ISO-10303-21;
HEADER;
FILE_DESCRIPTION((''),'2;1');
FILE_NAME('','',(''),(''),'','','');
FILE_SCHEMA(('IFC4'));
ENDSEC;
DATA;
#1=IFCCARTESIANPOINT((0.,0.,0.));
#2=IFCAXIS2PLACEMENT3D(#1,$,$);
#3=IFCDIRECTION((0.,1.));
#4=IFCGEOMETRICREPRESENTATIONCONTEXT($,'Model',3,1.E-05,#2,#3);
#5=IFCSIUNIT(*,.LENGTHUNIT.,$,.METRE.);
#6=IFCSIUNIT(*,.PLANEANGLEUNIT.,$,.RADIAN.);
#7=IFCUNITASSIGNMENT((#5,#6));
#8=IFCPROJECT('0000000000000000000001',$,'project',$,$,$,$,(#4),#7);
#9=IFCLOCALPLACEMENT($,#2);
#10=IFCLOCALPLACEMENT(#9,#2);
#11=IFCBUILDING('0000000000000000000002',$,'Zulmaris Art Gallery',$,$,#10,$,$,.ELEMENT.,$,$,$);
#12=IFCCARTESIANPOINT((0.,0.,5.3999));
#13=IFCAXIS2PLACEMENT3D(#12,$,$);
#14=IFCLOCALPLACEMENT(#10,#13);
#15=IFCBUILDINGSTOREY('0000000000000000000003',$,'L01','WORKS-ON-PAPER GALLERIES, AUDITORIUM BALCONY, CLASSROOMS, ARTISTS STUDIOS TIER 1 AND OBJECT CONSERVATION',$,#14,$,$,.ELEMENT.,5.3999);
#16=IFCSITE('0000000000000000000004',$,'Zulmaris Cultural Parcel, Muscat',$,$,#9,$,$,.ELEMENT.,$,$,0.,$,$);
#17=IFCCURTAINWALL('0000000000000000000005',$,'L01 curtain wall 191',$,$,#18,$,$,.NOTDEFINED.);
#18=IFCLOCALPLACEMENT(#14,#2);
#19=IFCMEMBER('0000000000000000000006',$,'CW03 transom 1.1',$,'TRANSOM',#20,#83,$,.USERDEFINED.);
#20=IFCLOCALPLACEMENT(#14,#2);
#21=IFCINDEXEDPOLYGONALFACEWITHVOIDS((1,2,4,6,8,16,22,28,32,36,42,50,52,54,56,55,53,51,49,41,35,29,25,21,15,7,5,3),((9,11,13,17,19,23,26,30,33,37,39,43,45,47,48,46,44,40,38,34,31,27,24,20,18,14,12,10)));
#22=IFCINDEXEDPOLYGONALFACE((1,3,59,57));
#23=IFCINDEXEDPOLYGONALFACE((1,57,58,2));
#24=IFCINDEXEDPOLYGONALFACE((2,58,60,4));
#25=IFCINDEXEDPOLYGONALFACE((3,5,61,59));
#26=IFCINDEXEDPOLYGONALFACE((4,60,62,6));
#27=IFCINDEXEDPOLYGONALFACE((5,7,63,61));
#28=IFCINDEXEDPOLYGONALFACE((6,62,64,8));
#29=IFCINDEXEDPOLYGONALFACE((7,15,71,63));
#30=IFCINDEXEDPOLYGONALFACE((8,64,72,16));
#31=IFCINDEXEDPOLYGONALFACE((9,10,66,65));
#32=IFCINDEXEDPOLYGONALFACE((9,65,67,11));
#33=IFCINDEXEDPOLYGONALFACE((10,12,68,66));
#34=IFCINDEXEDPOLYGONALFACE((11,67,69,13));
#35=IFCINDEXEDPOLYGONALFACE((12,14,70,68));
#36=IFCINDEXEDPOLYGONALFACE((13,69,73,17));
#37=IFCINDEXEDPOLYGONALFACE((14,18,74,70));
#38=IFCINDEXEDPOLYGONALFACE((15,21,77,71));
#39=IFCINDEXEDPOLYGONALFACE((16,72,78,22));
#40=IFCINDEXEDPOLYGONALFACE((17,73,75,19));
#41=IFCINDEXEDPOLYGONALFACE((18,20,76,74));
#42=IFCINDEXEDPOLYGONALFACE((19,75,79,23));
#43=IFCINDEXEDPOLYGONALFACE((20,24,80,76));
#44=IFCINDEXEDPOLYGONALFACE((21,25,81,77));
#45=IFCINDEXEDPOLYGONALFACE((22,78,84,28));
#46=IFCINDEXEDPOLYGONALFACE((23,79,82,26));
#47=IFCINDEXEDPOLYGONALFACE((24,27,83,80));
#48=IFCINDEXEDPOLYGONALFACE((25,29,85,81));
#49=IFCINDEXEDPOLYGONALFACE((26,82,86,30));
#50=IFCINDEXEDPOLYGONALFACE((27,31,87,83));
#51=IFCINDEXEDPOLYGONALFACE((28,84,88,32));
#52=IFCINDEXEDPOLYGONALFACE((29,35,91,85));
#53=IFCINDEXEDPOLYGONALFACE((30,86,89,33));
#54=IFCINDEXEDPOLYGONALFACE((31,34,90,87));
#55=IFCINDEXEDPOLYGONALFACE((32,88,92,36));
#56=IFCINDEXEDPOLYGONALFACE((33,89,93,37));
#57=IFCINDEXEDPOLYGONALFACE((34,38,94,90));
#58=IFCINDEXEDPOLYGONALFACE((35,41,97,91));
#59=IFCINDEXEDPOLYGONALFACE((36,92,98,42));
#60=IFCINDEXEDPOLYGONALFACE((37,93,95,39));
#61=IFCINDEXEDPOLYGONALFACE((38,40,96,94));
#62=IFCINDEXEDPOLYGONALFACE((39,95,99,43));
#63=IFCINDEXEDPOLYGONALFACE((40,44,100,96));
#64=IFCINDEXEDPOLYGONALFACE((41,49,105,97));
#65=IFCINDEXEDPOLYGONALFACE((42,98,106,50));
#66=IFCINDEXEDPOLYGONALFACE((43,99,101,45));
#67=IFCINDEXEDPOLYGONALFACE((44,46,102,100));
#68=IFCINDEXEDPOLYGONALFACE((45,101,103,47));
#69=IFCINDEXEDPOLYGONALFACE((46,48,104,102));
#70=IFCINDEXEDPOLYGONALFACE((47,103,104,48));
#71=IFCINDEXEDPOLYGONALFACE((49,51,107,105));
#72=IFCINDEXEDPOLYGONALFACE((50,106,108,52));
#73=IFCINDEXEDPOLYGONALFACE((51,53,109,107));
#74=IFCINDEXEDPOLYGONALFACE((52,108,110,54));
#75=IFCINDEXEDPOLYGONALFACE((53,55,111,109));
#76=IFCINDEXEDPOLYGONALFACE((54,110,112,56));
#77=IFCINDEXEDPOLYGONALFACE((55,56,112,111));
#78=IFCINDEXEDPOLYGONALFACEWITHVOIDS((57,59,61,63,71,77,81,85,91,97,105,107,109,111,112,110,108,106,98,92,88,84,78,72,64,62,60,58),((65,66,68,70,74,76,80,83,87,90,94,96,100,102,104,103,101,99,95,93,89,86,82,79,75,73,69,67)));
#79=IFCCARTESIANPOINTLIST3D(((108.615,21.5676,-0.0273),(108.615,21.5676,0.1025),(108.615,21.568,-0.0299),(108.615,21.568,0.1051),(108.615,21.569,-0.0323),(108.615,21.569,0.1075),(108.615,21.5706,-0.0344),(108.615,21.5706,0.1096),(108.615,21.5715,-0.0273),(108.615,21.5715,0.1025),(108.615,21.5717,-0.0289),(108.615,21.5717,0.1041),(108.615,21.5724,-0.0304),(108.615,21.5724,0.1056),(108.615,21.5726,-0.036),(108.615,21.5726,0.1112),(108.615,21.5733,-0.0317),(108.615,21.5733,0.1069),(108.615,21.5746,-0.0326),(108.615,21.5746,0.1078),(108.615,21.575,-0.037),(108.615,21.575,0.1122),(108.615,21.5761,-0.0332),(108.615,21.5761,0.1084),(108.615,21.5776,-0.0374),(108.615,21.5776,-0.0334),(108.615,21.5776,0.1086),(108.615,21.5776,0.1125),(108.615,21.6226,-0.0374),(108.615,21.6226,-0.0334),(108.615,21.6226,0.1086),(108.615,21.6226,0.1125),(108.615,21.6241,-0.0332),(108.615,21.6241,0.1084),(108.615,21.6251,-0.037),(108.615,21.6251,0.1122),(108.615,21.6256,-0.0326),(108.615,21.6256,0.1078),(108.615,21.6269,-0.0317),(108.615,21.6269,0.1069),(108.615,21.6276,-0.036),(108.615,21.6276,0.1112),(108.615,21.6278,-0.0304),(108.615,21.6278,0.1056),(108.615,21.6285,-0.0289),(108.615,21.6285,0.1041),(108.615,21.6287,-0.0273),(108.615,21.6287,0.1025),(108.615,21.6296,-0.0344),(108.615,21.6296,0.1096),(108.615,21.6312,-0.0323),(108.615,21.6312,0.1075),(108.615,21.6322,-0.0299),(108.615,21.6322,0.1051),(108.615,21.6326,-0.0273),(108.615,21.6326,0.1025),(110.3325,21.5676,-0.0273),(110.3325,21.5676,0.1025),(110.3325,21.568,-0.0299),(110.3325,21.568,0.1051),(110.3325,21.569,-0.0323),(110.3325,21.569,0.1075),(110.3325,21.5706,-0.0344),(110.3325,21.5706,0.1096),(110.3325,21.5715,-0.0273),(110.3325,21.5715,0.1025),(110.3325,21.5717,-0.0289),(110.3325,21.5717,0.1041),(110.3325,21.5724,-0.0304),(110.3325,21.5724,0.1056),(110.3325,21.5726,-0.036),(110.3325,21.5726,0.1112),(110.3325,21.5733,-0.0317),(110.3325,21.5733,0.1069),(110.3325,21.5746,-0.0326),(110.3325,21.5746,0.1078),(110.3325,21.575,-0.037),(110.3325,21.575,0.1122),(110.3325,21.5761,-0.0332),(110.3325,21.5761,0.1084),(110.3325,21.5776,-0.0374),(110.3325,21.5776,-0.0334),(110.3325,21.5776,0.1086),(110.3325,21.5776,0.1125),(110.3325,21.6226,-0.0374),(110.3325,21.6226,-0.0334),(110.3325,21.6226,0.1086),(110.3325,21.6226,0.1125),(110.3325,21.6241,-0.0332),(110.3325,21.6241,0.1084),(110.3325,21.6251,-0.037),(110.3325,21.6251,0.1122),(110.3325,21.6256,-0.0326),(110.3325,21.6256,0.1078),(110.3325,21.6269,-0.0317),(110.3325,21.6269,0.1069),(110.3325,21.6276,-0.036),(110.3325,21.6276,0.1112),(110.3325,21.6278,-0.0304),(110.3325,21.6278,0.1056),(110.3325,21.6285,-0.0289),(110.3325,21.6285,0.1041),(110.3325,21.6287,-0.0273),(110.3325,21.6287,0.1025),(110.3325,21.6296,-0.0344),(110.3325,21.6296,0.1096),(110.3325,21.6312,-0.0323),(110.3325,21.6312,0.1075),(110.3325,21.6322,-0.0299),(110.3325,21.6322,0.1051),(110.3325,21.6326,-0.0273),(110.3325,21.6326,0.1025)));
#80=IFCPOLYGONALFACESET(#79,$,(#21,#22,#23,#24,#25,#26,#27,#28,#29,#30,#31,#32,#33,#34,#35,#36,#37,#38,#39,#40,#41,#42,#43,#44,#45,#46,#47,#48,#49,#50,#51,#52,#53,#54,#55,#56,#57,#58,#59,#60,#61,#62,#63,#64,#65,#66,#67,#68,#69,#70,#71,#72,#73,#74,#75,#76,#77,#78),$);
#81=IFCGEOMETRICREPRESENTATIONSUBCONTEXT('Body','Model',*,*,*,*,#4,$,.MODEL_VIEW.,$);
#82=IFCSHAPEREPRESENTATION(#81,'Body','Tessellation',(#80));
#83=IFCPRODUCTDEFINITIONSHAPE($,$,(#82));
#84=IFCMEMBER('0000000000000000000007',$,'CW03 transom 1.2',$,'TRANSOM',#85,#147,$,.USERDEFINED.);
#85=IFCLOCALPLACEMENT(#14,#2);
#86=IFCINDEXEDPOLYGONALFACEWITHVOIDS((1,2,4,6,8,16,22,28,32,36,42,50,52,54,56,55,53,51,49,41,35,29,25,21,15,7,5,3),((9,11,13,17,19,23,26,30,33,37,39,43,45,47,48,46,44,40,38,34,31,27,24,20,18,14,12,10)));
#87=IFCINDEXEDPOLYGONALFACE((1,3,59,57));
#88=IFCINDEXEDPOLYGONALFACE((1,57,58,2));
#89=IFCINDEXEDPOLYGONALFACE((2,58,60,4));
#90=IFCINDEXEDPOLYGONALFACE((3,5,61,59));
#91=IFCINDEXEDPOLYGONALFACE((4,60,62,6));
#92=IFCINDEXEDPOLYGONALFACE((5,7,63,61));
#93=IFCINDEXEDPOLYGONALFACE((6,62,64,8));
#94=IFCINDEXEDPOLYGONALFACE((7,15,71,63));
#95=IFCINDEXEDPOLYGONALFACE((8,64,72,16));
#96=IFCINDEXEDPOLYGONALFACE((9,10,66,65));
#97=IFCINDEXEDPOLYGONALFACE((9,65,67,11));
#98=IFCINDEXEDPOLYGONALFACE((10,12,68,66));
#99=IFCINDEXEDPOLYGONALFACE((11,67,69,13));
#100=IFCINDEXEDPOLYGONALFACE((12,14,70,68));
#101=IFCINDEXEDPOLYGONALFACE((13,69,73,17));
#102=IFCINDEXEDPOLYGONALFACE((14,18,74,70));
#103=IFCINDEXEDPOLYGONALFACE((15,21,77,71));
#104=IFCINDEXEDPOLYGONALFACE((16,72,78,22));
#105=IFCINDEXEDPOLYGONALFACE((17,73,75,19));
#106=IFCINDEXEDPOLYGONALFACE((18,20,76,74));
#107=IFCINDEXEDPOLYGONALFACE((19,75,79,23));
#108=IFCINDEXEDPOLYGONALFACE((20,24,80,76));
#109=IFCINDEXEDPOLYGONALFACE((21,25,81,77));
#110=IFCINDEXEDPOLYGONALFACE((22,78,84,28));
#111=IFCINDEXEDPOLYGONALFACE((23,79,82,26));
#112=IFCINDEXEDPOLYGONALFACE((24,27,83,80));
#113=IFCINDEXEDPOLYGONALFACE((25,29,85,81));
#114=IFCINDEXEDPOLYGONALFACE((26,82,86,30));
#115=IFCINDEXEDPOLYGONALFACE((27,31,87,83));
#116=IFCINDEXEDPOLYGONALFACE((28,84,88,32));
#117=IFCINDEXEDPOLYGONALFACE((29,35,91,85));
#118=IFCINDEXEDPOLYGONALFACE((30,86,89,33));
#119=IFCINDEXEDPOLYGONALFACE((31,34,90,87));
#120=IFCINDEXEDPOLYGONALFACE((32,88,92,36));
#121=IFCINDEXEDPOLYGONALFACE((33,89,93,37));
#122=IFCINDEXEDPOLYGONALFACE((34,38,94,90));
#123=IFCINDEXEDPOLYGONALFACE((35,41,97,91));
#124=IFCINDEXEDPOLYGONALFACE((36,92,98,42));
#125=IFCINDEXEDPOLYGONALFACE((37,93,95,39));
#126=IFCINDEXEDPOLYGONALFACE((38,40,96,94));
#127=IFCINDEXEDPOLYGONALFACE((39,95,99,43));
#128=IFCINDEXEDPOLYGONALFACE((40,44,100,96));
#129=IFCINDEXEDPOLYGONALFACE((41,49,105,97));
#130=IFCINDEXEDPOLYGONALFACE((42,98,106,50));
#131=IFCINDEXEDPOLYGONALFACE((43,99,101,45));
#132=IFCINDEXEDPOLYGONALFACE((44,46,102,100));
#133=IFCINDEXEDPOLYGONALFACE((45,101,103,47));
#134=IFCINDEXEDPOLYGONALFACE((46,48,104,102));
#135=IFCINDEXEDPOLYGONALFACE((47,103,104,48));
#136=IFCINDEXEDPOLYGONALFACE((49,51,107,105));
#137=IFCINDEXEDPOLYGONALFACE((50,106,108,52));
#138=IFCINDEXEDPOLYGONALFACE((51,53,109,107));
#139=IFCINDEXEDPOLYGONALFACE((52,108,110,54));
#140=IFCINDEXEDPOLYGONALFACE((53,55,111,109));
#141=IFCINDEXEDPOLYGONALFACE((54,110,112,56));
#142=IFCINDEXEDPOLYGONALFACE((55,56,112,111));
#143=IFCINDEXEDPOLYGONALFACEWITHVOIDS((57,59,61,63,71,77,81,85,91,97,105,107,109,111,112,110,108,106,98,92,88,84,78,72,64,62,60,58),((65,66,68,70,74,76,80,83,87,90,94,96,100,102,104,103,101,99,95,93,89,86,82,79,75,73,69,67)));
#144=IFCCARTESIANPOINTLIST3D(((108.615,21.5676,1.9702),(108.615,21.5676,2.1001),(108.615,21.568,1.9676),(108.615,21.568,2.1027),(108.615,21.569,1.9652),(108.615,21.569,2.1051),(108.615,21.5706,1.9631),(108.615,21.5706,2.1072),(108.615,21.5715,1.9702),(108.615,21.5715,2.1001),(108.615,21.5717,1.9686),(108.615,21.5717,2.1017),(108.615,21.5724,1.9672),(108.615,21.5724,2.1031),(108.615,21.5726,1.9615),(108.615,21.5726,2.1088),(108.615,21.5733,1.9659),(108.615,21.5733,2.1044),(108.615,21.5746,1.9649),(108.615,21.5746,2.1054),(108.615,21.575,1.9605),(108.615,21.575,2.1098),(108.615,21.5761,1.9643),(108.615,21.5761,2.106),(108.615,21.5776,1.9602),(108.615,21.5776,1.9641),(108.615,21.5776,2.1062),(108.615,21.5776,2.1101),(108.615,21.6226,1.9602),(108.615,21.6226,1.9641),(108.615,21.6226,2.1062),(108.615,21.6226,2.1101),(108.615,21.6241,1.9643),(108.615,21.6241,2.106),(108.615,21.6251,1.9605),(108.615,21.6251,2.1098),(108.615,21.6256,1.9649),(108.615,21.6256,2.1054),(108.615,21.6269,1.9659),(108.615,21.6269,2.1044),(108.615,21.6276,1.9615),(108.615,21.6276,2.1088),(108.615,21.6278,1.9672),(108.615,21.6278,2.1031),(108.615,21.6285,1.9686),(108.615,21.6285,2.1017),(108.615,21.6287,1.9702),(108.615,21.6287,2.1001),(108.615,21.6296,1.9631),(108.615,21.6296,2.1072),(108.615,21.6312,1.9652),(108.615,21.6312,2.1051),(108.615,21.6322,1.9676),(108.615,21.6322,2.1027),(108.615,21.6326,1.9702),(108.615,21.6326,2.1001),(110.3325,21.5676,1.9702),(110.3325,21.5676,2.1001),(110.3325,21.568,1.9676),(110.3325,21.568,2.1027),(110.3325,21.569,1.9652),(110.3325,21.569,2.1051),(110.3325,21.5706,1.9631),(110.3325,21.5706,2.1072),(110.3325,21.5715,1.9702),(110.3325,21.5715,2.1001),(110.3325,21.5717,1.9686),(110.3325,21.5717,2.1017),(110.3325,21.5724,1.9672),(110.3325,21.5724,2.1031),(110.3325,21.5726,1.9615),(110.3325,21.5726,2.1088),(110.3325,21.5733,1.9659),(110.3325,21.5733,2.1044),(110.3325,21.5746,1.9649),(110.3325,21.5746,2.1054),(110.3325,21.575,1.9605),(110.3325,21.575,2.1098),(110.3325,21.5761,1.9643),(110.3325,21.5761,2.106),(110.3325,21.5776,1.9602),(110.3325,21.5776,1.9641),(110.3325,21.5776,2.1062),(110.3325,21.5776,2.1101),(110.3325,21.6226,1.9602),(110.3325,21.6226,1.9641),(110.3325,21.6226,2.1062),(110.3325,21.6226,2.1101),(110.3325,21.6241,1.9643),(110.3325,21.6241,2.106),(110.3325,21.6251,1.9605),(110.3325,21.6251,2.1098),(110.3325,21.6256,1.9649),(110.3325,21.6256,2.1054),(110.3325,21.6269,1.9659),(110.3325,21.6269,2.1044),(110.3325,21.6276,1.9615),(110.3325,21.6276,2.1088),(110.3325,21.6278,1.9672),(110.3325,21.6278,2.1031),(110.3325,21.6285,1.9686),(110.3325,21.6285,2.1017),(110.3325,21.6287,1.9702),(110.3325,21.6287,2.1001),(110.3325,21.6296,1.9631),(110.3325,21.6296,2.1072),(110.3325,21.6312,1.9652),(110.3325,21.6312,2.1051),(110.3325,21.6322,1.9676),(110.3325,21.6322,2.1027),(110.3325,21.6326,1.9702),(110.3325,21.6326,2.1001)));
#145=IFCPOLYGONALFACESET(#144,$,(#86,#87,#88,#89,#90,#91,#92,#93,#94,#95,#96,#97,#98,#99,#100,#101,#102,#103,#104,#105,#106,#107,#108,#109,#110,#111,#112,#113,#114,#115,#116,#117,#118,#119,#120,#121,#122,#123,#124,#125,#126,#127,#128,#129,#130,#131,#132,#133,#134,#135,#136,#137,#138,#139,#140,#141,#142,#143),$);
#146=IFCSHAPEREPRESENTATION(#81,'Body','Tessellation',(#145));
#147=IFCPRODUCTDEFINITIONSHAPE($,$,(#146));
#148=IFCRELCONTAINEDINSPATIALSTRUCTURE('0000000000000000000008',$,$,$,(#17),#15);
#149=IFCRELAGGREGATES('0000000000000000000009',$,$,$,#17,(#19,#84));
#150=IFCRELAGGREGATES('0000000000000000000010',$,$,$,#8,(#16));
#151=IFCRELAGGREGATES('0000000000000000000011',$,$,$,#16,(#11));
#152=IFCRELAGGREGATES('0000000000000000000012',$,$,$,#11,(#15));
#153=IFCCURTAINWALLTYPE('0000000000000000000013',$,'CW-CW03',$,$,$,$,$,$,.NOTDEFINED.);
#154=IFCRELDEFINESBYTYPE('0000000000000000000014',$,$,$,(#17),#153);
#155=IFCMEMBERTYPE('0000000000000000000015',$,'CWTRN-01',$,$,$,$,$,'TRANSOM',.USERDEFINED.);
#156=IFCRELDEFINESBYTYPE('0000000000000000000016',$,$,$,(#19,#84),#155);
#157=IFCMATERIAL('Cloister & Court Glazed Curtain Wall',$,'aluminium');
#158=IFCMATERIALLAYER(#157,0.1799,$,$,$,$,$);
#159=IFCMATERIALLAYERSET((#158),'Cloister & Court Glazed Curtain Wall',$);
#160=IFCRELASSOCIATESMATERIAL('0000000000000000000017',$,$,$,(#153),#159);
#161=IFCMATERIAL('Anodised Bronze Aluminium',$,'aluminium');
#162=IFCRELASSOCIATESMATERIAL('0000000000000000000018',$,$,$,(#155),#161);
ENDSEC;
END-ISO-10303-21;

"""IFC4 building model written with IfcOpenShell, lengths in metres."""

from ifc_helpers import new_model, si_unit, direction, frame, origin, origin_2d, place, context, subcontext, project, spatial, hollow_rectangle, extrude, material, layer, layer_set, material_profile, profile_set, type_object, element, aggregate, save


model = new_model("IFC4")

# Units and contexts
model_context = context("Model", 3, precision=1e-05, world=origin(), true_north=direction((0.0, 1.0)))
body_context = subcontext(model_context, "Body", "Model", "MODEL_VIEW")
ifc_project = project(units=[si_unit("LENGTHUNIT", "METRE"), si_unit("PLANEANGLEUNIT", "RADIAN")], contexts=[model_context])

# Site, building, storey
site_placement = place(None, origin())
site = spatial("IfcSite", under=ifc_project, at=site_placement, Name="Zulmaris Cultural Parcel, Muscat", CompositionType="ELEMENT", RefElevation=0.0)
building_placement = place(site_placement, origin())
building = spatial("IfcBuilding", under=site, at=building_placement, Name="Zulmaris Art Gallery", CompositionType="ELEMENT")
storey_placement = place(building_placement, frame((0.0, 0.0, 5.3999)))
storey = spatial("IfcBuildingStorey", under=building, at=storey_placement, Name="L01", Description="WORKS-ON-PAPER GALLERIES, AUDITORIUM BALCONY, CLASSROOMS, ARTISTS STUDIOS TIER 1 AND OBJECT CONSERVATION", CompositionType="ELEMENT", Elevation=5.3999)

# Shared definitions
ifc_material_1 = material(Name="Cloister & Court Glazed Curtain Wall", Category="aluminium")
ifc_layer_1 = layer(ifc_material_1, 0.1799)
ifc_layer_set_1 = layer_set([ifc_layer_1], Name="Cloister & Court Glazed Curtain Wall")
curtain_wall_type = type_object("IfcCurtainWallType", Name="CW-CW03", PredefinedType="NOTDEFINED", material=ifc_layer_set_1)
ifc_material_2 = material(Name="Anodised Bronze Aluminium", Category="aluminium")

# Curtain wall, members
curtain_wall_1_placement = place(storey_placement, origin())
curtain_wall_1 = element("IfcCurtainWall", 1, at=curtain_wall_1_placement, inside=storey, type_object=curtain_wall_type, Name="L01 curtain wall 191", PredefinedType="NOTDEFINED")
ifc_material_profile_1 = material_profile(ifc_material_2, hollow_rectangle(XDim=0.0649, YDim=0.1499, WallThickness=0.0039, InnerFilletRadius=0.0061, OuterFilletRadius=0.01, at=origin_2d()), Name="ALU 65x150x4")
ifc_profile_set_1 = profile_set([ifc_material_profile_1], Name="Anodised Bronze Aluminium")
member_type_1 = type_object("IfcMemberType", Name="CWTRN-01", ElementType="TRANSOM", PredefinedType="USERDEFINED", material=ifc_profile_set_1)
member_1_placement = place(storey_placement, frame((108.615, 21.6001, 0.0376), z_axis=(1.0, 0.0, 0.0), x_axis=(0.0, 1.0, 0.0)))
member_1 = element("IfcMember", 2, at=member_1_placement, type_object=member_type_1, Name="CW03 transom 1.1", ObjectType="TRANSOM", PredefinedType="USERDEFINED", context=body_context, shape_type="SweptSolid", body=[
    extrude(hollow_rectangle(XDim=0.0649, YDim=0.1499, WallThickness=0.0039, InnerFilletRadius=0.0061, OuterFilletRadius=0.01, at=origin_2d()), origin(), (0.0, 0.0, 1.0), 1.7175),
])
member_2_placement = place(storey_placement, frame((108.615, 21.6001, 2.0352), z_axis=(1.0, 0.0, 0.0), x_axis=(0.0, 1.0, 0.0)))
member_2 = element("IfcMember", 3, at=member_2_placement, type_object=member_type_1, Name="CW03 transom 1.2", ObjectType="TRANSOM", PredefinedType="USERDEFINED", context=body_context, shape_type="SweptSolid", body=[
    extrude(hollow_rectangle(XDim=0.0649, YDim=0.1499, WallThickness=0.0039, InnerFilletRadius=0.0061, OuterFilletRadius=0.01, at=origin_2d()), origin(), (0.0, 0.0, 1.0), 1.7175),
])

aggregate(curtain_wall_1, [member_1, member_2])

save(model, "model.ifc")
